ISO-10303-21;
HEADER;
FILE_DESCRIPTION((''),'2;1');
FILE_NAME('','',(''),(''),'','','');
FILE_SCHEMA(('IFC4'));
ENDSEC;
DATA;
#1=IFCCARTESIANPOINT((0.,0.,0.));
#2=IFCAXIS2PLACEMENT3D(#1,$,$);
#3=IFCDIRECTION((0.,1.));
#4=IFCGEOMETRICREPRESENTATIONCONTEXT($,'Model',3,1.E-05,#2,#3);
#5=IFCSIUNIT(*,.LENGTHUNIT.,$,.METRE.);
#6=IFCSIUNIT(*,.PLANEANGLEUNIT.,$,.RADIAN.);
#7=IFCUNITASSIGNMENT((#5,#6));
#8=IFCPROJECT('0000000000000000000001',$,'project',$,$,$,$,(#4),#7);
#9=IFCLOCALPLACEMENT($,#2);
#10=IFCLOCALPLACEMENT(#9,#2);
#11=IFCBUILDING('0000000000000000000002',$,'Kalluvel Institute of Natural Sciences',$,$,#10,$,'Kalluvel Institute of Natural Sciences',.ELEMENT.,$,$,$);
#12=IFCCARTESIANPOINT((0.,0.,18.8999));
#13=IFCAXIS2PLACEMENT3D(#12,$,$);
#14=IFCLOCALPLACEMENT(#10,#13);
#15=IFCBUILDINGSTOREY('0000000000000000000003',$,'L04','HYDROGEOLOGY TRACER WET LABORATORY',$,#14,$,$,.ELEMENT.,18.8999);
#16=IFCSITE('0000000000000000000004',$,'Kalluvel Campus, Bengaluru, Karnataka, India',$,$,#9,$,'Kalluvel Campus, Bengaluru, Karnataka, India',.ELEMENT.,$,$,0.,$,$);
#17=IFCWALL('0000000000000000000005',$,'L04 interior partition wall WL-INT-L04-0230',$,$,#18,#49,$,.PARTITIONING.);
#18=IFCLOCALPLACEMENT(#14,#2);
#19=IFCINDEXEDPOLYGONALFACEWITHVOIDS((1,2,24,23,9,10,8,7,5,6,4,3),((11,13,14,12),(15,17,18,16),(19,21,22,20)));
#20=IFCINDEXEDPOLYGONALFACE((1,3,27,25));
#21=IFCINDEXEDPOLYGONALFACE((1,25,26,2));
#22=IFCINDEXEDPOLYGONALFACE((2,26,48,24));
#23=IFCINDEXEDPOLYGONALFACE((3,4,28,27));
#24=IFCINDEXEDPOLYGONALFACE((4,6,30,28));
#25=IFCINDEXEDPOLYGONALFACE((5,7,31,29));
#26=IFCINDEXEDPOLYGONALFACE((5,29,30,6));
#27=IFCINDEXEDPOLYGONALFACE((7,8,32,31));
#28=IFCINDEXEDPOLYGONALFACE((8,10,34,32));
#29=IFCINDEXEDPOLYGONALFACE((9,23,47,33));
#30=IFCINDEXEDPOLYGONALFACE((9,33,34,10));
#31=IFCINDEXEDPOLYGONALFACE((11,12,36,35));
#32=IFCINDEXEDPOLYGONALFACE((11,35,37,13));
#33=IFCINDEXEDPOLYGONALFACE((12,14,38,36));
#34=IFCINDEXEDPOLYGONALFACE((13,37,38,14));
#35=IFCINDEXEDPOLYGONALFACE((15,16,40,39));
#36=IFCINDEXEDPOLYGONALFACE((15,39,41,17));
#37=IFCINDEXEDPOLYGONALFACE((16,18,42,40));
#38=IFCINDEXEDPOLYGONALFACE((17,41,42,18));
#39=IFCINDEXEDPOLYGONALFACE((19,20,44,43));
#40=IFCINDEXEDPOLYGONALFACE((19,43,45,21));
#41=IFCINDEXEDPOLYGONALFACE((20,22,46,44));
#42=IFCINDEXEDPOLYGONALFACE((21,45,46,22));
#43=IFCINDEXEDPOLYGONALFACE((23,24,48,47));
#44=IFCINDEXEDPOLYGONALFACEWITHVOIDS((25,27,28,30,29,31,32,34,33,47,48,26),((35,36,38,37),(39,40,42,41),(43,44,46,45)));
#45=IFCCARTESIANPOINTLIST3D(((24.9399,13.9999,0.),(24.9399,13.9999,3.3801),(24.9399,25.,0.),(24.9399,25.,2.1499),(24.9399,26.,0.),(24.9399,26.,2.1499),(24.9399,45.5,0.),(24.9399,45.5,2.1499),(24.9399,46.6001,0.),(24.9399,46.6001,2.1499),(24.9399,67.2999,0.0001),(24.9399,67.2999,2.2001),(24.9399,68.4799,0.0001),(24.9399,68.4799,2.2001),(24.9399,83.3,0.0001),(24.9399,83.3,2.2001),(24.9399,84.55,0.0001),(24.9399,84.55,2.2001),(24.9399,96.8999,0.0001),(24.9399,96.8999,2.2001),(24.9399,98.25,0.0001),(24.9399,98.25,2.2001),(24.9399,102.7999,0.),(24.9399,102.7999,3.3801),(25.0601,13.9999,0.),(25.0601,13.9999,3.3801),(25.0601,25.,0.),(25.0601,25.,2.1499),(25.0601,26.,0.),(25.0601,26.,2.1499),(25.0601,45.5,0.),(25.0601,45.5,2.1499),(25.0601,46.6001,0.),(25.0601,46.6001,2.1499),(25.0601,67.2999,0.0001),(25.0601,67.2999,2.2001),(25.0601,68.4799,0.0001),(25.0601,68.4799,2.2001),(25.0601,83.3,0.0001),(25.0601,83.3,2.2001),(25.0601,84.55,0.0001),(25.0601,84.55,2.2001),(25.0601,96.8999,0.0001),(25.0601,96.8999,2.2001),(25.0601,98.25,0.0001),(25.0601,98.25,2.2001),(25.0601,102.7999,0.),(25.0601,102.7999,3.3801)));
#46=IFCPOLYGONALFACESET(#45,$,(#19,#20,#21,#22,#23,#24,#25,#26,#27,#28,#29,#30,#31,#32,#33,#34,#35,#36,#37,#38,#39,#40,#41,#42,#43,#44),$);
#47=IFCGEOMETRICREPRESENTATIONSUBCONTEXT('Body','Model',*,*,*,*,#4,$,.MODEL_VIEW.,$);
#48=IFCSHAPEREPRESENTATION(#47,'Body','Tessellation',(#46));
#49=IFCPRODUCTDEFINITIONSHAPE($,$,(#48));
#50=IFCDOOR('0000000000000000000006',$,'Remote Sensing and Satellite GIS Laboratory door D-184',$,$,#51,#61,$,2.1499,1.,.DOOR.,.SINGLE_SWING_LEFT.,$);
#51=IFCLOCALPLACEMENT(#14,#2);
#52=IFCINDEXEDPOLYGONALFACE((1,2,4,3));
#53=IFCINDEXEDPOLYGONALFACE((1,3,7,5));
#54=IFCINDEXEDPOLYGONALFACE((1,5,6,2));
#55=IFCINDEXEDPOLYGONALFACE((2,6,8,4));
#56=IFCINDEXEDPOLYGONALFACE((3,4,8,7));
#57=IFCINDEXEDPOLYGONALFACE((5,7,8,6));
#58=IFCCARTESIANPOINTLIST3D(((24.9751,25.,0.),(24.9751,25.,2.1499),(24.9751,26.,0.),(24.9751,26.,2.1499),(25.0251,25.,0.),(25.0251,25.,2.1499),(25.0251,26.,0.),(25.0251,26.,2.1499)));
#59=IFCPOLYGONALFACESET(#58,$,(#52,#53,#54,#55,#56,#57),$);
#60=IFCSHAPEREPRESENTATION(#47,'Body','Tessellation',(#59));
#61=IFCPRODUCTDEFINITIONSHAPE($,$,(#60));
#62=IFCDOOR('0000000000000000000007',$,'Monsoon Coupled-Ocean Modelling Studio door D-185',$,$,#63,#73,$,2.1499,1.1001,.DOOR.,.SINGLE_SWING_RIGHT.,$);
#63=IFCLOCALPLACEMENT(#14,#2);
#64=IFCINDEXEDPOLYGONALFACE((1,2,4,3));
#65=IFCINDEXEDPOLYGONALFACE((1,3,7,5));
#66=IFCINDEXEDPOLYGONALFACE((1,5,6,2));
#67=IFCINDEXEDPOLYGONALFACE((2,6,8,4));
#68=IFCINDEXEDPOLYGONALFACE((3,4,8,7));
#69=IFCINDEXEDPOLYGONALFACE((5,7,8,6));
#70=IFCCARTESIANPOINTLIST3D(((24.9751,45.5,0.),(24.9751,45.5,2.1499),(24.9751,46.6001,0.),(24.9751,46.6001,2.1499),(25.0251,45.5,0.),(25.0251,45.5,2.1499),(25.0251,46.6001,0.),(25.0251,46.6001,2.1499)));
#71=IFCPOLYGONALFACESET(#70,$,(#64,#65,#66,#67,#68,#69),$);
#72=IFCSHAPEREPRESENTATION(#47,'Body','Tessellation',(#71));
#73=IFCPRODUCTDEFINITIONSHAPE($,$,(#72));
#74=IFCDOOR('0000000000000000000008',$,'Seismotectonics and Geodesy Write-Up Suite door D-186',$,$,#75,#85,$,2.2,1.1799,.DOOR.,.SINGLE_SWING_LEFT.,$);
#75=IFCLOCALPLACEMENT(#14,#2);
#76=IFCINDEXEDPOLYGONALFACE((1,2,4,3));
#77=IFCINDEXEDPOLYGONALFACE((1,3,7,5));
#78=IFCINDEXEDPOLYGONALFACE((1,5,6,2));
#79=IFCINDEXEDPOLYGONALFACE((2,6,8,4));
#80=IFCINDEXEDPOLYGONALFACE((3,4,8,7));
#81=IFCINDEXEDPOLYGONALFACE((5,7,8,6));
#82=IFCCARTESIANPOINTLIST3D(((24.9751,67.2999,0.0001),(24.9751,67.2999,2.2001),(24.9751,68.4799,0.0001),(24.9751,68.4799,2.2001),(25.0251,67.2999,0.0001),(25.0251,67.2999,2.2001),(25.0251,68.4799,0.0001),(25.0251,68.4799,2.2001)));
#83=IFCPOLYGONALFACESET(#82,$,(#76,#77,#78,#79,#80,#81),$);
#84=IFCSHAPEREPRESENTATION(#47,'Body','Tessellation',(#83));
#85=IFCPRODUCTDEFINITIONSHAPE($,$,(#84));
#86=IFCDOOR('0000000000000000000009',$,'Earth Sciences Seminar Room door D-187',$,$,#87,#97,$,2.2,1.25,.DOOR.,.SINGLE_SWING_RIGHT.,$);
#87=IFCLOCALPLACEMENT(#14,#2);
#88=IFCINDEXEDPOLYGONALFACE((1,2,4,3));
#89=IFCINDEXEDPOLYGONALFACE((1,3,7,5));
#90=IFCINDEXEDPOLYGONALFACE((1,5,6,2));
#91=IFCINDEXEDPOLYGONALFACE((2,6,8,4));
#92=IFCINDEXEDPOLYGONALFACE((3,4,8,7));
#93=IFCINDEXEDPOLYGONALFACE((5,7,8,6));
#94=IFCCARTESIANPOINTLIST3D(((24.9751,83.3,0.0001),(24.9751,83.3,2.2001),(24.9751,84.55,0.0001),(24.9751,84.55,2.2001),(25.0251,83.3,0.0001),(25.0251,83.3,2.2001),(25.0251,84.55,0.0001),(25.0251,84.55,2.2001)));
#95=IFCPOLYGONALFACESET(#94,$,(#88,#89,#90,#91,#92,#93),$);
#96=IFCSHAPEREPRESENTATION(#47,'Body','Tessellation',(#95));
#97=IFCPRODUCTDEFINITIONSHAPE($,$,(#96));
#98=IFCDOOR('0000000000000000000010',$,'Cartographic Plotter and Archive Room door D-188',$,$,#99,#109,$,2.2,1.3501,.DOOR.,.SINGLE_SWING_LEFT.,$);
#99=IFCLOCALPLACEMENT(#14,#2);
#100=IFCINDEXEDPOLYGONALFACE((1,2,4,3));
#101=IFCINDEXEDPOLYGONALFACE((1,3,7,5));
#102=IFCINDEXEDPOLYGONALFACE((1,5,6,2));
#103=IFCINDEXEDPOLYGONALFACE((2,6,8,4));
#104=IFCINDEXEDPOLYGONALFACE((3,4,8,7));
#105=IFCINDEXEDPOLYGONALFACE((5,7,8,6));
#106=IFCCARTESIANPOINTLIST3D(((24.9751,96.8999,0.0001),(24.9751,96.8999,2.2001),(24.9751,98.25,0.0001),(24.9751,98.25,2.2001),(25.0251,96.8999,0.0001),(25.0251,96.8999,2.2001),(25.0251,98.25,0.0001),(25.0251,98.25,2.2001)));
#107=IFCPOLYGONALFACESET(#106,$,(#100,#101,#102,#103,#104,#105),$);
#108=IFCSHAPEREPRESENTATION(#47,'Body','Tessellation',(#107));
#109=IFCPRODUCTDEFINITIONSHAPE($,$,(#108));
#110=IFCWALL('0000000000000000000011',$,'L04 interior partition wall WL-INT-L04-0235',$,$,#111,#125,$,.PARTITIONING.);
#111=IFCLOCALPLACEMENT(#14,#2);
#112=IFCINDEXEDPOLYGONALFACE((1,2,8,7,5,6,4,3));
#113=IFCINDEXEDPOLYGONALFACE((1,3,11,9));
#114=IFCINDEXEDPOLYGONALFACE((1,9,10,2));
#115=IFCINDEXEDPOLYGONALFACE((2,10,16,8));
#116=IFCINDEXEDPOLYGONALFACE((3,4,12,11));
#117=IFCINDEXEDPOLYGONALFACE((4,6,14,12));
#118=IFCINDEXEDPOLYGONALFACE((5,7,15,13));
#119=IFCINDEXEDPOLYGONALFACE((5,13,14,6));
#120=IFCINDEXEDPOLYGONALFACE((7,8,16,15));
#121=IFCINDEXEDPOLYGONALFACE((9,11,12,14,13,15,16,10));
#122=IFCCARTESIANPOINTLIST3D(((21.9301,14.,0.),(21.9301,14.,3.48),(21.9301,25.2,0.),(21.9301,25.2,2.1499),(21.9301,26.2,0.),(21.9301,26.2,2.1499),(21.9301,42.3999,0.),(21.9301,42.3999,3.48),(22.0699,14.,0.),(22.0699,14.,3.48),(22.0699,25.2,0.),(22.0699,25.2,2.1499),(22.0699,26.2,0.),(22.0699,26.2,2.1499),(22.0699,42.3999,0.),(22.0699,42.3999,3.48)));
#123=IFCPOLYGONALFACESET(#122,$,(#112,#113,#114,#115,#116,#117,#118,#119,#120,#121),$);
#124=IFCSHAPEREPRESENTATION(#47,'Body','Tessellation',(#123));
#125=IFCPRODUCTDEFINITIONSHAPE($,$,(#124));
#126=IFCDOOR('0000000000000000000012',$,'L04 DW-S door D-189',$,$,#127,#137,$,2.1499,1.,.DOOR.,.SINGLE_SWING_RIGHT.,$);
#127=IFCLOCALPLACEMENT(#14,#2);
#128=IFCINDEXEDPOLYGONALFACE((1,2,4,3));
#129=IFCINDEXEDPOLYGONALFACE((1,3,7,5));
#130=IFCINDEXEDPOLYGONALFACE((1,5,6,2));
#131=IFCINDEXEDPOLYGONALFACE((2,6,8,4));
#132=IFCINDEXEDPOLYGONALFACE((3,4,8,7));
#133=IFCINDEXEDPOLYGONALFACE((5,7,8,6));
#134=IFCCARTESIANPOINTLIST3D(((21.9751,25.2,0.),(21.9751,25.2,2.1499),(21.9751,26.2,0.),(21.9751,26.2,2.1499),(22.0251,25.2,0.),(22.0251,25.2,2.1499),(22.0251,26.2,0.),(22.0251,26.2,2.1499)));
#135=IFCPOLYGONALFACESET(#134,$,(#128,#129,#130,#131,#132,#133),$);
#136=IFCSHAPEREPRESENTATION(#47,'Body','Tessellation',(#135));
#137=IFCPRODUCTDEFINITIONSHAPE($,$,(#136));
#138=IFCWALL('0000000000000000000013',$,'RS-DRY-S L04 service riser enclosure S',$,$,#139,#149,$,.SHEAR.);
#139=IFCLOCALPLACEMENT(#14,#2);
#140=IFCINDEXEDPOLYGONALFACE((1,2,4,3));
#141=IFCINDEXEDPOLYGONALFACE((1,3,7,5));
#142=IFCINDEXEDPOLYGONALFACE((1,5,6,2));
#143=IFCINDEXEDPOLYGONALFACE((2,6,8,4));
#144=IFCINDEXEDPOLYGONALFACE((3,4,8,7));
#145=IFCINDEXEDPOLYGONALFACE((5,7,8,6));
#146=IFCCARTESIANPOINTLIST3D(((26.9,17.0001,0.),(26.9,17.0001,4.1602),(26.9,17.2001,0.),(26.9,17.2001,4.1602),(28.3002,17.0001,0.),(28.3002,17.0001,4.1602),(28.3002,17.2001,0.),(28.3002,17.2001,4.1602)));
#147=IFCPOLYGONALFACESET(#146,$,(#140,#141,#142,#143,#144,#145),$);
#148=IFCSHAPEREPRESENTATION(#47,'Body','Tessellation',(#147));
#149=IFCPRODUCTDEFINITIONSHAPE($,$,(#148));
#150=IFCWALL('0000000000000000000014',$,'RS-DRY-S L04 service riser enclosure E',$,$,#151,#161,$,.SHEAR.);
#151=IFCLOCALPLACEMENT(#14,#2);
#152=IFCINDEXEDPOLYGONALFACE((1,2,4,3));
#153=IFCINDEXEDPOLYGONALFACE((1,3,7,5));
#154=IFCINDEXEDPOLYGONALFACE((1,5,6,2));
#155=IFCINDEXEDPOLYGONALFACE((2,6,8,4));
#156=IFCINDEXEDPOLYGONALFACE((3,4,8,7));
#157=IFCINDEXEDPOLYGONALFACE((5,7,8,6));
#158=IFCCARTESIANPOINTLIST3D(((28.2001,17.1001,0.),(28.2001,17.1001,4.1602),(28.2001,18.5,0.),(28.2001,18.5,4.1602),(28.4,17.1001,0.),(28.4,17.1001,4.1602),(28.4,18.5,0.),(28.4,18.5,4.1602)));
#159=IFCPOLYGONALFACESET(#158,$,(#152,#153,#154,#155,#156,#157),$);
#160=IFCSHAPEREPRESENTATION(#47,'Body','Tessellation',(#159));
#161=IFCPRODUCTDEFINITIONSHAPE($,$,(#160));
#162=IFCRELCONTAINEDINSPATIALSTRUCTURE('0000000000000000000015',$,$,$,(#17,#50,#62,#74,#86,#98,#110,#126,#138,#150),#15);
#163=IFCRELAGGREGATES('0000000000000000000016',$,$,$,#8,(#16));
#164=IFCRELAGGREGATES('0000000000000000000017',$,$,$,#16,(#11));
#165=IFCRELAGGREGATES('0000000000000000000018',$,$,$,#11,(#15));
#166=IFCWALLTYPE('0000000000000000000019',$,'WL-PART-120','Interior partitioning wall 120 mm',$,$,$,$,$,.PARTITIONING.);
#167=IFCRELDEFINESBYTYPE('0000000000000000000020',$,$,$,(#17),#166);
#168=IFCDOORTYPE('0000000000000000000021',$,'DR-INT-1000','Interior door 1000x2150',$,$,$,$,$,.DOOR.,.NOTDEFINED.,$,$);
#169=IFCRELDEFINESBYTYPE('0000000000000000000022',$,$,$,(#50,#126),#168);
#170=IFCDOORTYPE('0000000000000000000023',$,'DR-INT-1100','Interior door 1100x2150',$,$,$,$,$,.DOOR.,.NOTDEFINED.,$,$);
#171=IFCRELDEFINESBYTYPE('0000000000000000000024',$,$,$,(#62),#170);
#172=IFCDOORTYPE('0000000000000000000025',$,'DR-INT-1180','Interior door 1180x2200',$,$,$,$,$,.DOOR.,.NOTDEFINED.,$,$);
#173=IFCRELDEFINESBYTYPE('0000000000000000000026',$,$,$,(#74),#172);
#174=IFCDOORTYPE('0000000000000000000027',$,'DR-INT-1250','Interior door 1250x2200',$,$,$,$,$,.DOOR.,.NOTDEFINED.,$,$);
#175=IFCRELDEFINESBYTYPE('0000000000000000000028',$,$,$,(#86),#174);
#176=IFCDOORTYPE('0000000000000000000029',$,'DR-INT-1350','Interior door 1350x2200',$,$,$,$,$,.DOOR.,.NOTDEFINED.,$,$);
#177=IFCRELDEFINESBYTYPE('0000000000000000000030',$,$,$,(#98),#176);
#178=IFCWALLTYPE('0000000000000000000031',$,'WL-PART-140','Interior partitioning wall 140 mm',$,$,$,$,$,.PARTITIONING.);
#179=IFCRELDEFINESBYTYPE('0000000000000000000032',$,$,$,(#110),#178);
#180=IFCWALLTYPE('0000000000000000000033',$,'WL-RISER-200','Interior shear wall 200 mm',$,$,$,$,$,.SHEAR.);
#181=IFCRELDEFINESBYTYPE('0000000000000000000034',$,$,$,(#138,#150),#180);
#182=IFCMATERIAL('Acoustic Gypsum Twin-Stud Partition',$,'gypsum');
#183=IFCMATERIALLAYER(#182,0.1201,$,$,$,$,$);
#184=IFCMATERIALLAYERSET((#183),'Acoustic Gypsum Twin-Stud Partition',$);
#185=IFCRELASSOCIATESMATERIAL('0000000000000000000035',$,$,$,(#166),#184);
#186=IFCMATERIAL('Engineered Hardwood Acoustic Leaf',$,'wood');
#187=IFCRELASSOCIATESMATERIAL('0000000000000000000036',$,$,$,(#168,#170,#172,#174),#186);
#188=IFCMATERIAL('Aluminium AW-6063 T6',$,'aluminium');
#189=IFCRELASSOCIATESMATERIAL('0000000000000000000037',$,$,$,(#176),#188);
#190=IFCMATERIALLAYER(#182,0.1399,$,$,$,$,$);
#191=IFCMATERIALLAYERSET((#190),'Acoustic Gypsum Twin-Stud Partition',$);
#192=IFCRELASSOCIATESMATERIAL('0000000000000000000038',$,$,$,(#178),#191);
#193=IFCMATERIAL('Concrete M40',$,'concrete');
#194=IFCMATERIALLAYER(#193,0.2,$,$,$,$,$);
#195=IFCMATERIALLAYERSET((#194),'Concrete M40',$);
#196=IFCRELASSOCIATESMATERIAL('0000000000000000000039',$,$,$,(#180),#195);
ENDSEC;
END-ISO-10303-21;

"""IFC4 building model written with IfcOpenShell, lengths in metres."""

from ifc_helpers import new_model, si_unit, direction, frame, frame_2d, origin, place, context, subcontext, project, spatial, rectangle, extrude, material, layer, layer_set, type_object, element, fill, save


model = new_model("IFC4")

# Units and contexts
model_context = context("Model", 3, precision=1e-05, world=origin(), true_north=direction((0.0, 1.0)))
body_context = subcontext(model_context, "Body", "Model", "MODEL_VIEW")
ifc_project = project(units=[si_unit("LENGTHUNIT", "METRE"), si_unit("PLANEANGLEUNIT", "RADIAN")], contexts=[model_context])

# Site, building, storey
site_placement = place(None, origin())
site = spatial("IfcSite", under=ifc_project, at=site_placement, Name="Kalluvel Campus, Bengaluru, Karnataka, India", LongName="Kalluvel Campus, Bengaluru, Karnataka, India", CompositionType="ELEMENT", RefElevation=0.0)
building_placement = place(site_placement, origin())
building = spatial("IfcBuilding", under=site, at=building_placement, Name="Kalluvel Institute of Natural Sciences", LongName="Kalluvel Institute of Natural Sciences", CompositionType="ELEMENT")
storey_placement = place(building_placement, frame((0.0, 0.0, 18.8999)))
storey = spatial("IfcBuildingStorey", under=building, at=storey_placement, Name="L04", Description="HYDROGEOLOGY TRACER WET LABORATORY", CompositionType="ELEMENT", Elevation=18.8999)

# Shared definitions
ifc_material_1 = material(Name="Concrete M40", Category="concrete")

# Wall, openings, doors
ifc_material_2 = material(Name="Acoustic Gypsum Twin-Stud Partition", Category="gypsum")
ifc_layer_1 = layer(ifc_material_2, 0.1201)
ifc_layer_set_1 = layer_set([ifc_layer_1], Name="Acoustic Gypsum Twin-Stud Partition")
wall_type_1 = type_object("IfcWallType", Name="WL-PART-120", Description="Interior partitioning wall 120 mm", PredefinedType="PARTITIONING", material=ifc_layer_set_1)
wall_1_placement = place(storey_placement, frame((25.0, 14.0, 0.0), z_axis=(0.0, 0.0, 1.0), x_axis=(0.0, 1.0, 0.0)))
wall_1 = element("IfcWall", 1, at=wall_1_placement, inside=storey, type_object=wall_type_1, Name="L04 interior partition wall WL-INT-L04-0230", PredefinedType="PARTITIONING", context=body_context, shape_type="SweptSolid", body=[
    extrude(rectangle(XDim=88.8, YDim=0.1201, at=frame_2d((44.3999, 0.0))), origin(), (0.0, 0.0, 1.0), 3.3801),
])
opening_1_placement = place(wall_1_placement, frame((11.0, 0.0, 0.0)))
opening_1 = element("IfcOpeningElement", 2, at=opening_1_placement, cuts=wall_1, PredefinedType="OPENING", context=body_context, shape_type="SweptSolid", body=[
    extrude(rectangle(XDim=1.0, YDim=2.1499, at=frame_2d((0.5, 1.075))), frame((0.0, 0.0701, 0.0), z_axis=(0.0, -1.0, 0.0), x_axis=(1.0, 0.0, 0.0)), (0.0, 0.0, 1.0), 0.1401),
])
opening_2_placement = place(wall_1_placement, frame((31.5, 0.0, 0.0)))
opening_2 = element("IfcOpeningElement", 3, at=opening_2_placement, cuts=wall_1, PredefinedType="OPENING", context=body_context, shape_type="SweptSolid", body=[
    extrude(rectangle(XDim=1.1001, YDim=2.1499, at=frame_2d((0.55, 1.075))), frame((0.0, 0.0701, 0.0), z_axis=(0.0, -1.0, 0.0), x_axis=(1.0, 0.0, 0.0)), (0.0, 0.0, 1.0), 0.1401),
])
opening_3_placement = place(wall_1_placement, frame((53.3, 0.0, 0.0)))
opening_3 = element("IfcOpeningElement", 4, at=opening_3_placement, cuts=wall_1, PredefinedType="OPENING", context=body_context, shape_type="SweptSolid", body=[
    extrude(rectangle(XDim=1.1799, YDim=2.2, at=frame_2d((0.5898, 1.1001))), frame((0.0, 0.0701, 0.0), z_axis=(0.0, -1.0, 0.0), x_axis=(1.0, 0.0, 0.0)), (0.0, 0.0, 1.0), 0.1401),
])
opening_4_placement = place(wall_1_placement, frame((69.3, 0.0, 0.0)))
opening_4 = element("IfcOpeningElement", 5, at=opening_4_placement, cuts=wall_1, PredefinedType="OPENING", context=body_context, shape_type="SweptSolid", body=[
    extrude(rectangle(XDim=1.25, YDim=2.2, at=frame_2d((0.625, 1.1001))), frame((0.0, 0.0701, 0.0), z_axis=(0.0, -1.0, 0.0), x_axis=(1.0, 0.0, 0.0)), (0.0, 0.0, 1.0), 0.1401),
])
opening_5_placement = place(wall_1_placement, frame((82.8999, 0.0, 0.0)))
opening_5 = element("IfcOpeningElement", 6, at=opening_5_placement, cuts=wall_1, PredefinedType="OPENING", context=body_context, shape_type="SweptSolid", body=[
    extrude(rectangle(XDim=1.3501, YDim=2.2, at=frame_2d((0.675, 1.1001))), frame((0.0, 0.0701, 0.0), z_axis=(0.0, -1.0, 0.0), x_axis=(1.0, 0.0, 0.0)), (0.0, 0.0, 1.0), 0.1401),
])
ifc_material_3 = material(Name="Engineered Hardwood Acoustic Leaf", Category="wood")
door_type_1 = type_object("IfcDoorType", Name="DR-INT-1000", Description="Interior door 1000x2150", OperationType="NOTDEFINED", PredefinedType="DOOR", material=ifc_material_3)
door_1_placement = place(opening_1_placement, origin())
door_1 = element("IfcDoor", 7, at=door_1_placement, inside=storey, type_object=door_type_1, Name="Remote Sensing and Satellite GIS Laboratory door D-184", OperationType="SINGLE_SWING_LEFT", OverallHeight=2.1499, OverallWidth=1.0, PredefinedType="DOOR", context=body_context, shape_type="SweptSolid", body=[
    extrude(rectangle(XDim=1.0, YDim=2.1499, at=frame_2d((0.5, 1.075))), frame((0.0, 0.0249, 0.0), z_axis=(0.0, -1.0, 0.0), x_axis=(1.0, 0.0, 0.0)), (0.0, 0.0, 1.0), 0.05),
])
fill(opening_1, door_1)
door_type_2 = type_object("IfcDoorType", Name="DR-INT-1100", Description="Interior door 1100x2150", OperationType="NOTDEFINED", PredefinedType="DOOR", material=ifc_material_3)
door_2_placement = place(opening_2_placement, origin())
door_2 = element("IfcDoor", 8, at=door_2_placement, inside=storey, type_object=door_type_2, Name="Monsoon Coupled-Ocean Modelling Studio door D-185", OperationType="SINGLE_SWING_RIGHT", OverallHeight=2.1499, OverallWidth=1.1001, PredefinedType="DOOR", context=body_context, shape_type="SweptSolid", body=[
    extrude(rectangle(XDim=1.1001, YDim=2.1499, at=frame_2d((0.55, 1.075))), frame((0.0, 0.0249, 0.0), z_axis=(0.0, -1.0, 0.0), x_axis=(1.0, 0.0, 0.0)), (0.0, 0.0, 1.0), 0.05),
])
fill(opening_2, door_2)
door_type_3 = type_object("IfcDoorType", Name="DR-INT-1180", Description="Interior door 1180x2200", OperationType="NOTDEFINED", PredefinedType="DOOR", material=ifc_material_3)
door_3_placement = place(opening_3_placement, origin())
door_3 = element("IfcDoor", 9, at=door_3_placement, inside=storey, type_object=door_type_3, Name="Seismotectonics and Geodesy Write-Up Suite door D-186", OperationType="SINGLE_SWING_LEFT", OverallHeight=2.2, OverallWidth=1.1799, PredefinedType="DOOR", context=body_context, shape_type="SweptSolid", body=[
    extrude(rectangle(XDim=1.1799, YDim=2.2, at=frame_2d((0.5898, 1.1001))), frame((0.0, 0.0249, 0.0), z_axis=(0.0, -1.0, 0.0), x_axis=(1.0, 0.0, 0.0)), (0.0, 0.0, 1.0), 0.05),
])
fill(opening_3, door_3)
door_type_4 = type_object("IfcDoorType", Name="DR-INT-1250", Description="Interior door 1250x2200", OperationType="NOTDEFINED", PredefinedType="DOOR", material=ifc_material_3)
door_4_placement = place(opening_4_placement, origin())
door_4 = element("IfcDoor", 10, at=door_4_placement, inside=storey, type_object=door_type_4, Name="Earth Sciences Seminar Room door D-187", OperationType="SINGLE_SWING_RIGHT", OverallHeight=2.2, OverallWidth=1.25, PredefinedType="DOOR", context=body_context, shape_type="SweptSolid", body=[
    extrude(rectangle(XDim=1.25, YDim=2.2, at=frame_2d((0.625, 1.1001))), frame((0.0, 0.0249, 0.0), z_axis=(0.0, -1.0, 0.0), x_axis=(1.0, 0.0, 0.0)), (0.0, 0.0, 1.0), 0.05),
])
fill(opening_4, door_4)
ifc_material_4 = material(Name="Aluminium AW-6063 T6", Category="aluminium")
door_type_5 = type_object("IfcDoorType", Name="DR-INT-1350", Description="Interior door 1350x2200", OperationType="NOTDEFINED", PredefinedType="DOOR", material=ifc_material_4)
door_5_placement = place(opening_5_placement, origin())
door_5 = element("IfcDoor", 11, at=door_5_placement, inside=storey, type_object=door_type_5, Name="Cartographic Plotter and Archive Room door D-188", OperationType="SINGLE_SWING_LEFT", OverallHeight=2.2, OverallWidth=1.3501, PredefinedType="DOOR", context=body_context, shape_type="SweptSolid", body=[
    extrude(rectangle(XDim=1.3501, YDim=2.2, at=frame_2d((0.675, 1.1001))), frame((0.0, 0.0249, 0.0), z_axis=(0.0, -1.0, 0.0), x_axis=(1.0, 0.0, 0.0)), (0.0, 0.0, 1.0), 0.05),
])
fill(opening_5, door_5)

# Wall, opening, door
ifc_layer_2 = layer(ifc_material_2, 0.1399)
ifc_layer_set_2 = layer_set([ifc_layer_2], Name="Acoustic Gypsum Twin-Stud Partition")
wall_type_2 = type_object("IfcWallType", Name="WL-PART-140", Description="Interior partitioning wall 140 mm", PredefinedType="PARTITIONING", material=ifc_layer_set_2)
wall_2_placement = place(storey_placement, frame((22.0, 14.0, 0.0), z_axis=(0.0, 0.0, 1.0), x_axis=(0.0, 1.0, 0.0)))
wall_2 = element("IfcWall", 12, at=wall_2_placement, inside=storey, type_object=wall_type_2, Name="L04 interior partition wall WL-INT-L04-0235", PredefinedType="PARTITIONING", context=body_context, shape_type="SweptSolid", body=[
    extrude(rectangle(XDim=28.3999, YDim=0.1399, at=frame_2d((14.2, 0.0))), origin(), (0.0, 0.0, 1.0), 3.48),
])
opening_6_placement = place(wall_2_placement, frame((11.2, 0.0, 0.0)))
opening_6 = element("IfcOpeningElement", 13, at=opening_6_placement, cuts=wall_2, PredefinedType="OPENING", context=body_context, shape_type="SweptSolid", body=[
    extrude(rectangle(XDim=1.0, YDim=2.1499, at=frame_2d((0.5, 1.075))), frame((0.0, 0.0798, 0.0), z_axis=(0.0, -1.0, 0.0), x_axis=(1.0, 0.0, 0.0)), (0.0, 0.0, 1.0), 0.1599),
])
door_6_placement = place(opening_6_placement, origin())
door_6 = element("IfcDoor", 14, at=door_6_placement, inside=storey, type_object=door_type_1, Name="L04 DW-S door D-189", OperationType="SINGLE_SWING_RIGHT", OverallHeight=2.1499, OverallWidth=1.0, PredefinedType="DOOR", context=body_context, shape_type="SweptSolid", body=[
    extrude(rectangle(XDim=1.0, YDim=2.1499, at=frame_2d((0.5, 1.075))), frame((0.0, 0.0249, 0.0), z_axis=(0.0, -1.0, 0.0), x_axis=(1.0, 0.0, 0.0)), (0.0, 0.0, 1.0), 0.05),
])
fill(opening_6, door_6)

# Walls
ifc_layer_3 = layer(ifc_material_1, 0.2)
ifc_layer_set_3 = layer_set([ifc_layer_3], Name="Concrete M40")
wall_type_3 = type_object("IfcWallType", Name="WL-RISER-200", Description="Interior shear wall 200 mm", PredefinedType="SHEAR", material=ifc_layer_set_3)
wall_3_placement = place(storey_placement, frame((26.8999, 17.1001, 0.0), z_axis=(0.0, 0.0, 1.0), x_axis=(1.0, 0.0, 0.0)))
element("IfcWall", 15, at=wall_3_placement, inside=storey, type_object=wall_type_3, Name="RS-DRY-S L04 service riser enclosure S", PredefinedType="SHEAR", context=body_context, shape_type="SweptSolid", body=[
    extrude(rectangle(XDim=1.4001, YDim=0.2, at=frame_2d((0.7002, 0.0))), origin(), (0.0, 0.0, 1.0), 4.1602),
])
wall_4_placement = place(storey_placement, frame((28.3, 17.1001, 0.0), z_axis=(0.0, 0.0, 1.0), x_axis=(0.0, 1.0, 0.0)))
element("IfcWall", 16, at=wall_4_placement, inside=storey, type_object=wall_type_3, Name="RS-DRY-S L04 service riser enclosure E", PredefinedType="SHEAR", context=body_context, shape_type="SweptSolid", body=[
    extrude(rectangle(XDim=1.3999, YDim=0.2, at=frame_2d((0.7, 0.0))), origin(), (0.0, 0.0, 1.0), 4.1602),
])

save(model, "model.ifc")
